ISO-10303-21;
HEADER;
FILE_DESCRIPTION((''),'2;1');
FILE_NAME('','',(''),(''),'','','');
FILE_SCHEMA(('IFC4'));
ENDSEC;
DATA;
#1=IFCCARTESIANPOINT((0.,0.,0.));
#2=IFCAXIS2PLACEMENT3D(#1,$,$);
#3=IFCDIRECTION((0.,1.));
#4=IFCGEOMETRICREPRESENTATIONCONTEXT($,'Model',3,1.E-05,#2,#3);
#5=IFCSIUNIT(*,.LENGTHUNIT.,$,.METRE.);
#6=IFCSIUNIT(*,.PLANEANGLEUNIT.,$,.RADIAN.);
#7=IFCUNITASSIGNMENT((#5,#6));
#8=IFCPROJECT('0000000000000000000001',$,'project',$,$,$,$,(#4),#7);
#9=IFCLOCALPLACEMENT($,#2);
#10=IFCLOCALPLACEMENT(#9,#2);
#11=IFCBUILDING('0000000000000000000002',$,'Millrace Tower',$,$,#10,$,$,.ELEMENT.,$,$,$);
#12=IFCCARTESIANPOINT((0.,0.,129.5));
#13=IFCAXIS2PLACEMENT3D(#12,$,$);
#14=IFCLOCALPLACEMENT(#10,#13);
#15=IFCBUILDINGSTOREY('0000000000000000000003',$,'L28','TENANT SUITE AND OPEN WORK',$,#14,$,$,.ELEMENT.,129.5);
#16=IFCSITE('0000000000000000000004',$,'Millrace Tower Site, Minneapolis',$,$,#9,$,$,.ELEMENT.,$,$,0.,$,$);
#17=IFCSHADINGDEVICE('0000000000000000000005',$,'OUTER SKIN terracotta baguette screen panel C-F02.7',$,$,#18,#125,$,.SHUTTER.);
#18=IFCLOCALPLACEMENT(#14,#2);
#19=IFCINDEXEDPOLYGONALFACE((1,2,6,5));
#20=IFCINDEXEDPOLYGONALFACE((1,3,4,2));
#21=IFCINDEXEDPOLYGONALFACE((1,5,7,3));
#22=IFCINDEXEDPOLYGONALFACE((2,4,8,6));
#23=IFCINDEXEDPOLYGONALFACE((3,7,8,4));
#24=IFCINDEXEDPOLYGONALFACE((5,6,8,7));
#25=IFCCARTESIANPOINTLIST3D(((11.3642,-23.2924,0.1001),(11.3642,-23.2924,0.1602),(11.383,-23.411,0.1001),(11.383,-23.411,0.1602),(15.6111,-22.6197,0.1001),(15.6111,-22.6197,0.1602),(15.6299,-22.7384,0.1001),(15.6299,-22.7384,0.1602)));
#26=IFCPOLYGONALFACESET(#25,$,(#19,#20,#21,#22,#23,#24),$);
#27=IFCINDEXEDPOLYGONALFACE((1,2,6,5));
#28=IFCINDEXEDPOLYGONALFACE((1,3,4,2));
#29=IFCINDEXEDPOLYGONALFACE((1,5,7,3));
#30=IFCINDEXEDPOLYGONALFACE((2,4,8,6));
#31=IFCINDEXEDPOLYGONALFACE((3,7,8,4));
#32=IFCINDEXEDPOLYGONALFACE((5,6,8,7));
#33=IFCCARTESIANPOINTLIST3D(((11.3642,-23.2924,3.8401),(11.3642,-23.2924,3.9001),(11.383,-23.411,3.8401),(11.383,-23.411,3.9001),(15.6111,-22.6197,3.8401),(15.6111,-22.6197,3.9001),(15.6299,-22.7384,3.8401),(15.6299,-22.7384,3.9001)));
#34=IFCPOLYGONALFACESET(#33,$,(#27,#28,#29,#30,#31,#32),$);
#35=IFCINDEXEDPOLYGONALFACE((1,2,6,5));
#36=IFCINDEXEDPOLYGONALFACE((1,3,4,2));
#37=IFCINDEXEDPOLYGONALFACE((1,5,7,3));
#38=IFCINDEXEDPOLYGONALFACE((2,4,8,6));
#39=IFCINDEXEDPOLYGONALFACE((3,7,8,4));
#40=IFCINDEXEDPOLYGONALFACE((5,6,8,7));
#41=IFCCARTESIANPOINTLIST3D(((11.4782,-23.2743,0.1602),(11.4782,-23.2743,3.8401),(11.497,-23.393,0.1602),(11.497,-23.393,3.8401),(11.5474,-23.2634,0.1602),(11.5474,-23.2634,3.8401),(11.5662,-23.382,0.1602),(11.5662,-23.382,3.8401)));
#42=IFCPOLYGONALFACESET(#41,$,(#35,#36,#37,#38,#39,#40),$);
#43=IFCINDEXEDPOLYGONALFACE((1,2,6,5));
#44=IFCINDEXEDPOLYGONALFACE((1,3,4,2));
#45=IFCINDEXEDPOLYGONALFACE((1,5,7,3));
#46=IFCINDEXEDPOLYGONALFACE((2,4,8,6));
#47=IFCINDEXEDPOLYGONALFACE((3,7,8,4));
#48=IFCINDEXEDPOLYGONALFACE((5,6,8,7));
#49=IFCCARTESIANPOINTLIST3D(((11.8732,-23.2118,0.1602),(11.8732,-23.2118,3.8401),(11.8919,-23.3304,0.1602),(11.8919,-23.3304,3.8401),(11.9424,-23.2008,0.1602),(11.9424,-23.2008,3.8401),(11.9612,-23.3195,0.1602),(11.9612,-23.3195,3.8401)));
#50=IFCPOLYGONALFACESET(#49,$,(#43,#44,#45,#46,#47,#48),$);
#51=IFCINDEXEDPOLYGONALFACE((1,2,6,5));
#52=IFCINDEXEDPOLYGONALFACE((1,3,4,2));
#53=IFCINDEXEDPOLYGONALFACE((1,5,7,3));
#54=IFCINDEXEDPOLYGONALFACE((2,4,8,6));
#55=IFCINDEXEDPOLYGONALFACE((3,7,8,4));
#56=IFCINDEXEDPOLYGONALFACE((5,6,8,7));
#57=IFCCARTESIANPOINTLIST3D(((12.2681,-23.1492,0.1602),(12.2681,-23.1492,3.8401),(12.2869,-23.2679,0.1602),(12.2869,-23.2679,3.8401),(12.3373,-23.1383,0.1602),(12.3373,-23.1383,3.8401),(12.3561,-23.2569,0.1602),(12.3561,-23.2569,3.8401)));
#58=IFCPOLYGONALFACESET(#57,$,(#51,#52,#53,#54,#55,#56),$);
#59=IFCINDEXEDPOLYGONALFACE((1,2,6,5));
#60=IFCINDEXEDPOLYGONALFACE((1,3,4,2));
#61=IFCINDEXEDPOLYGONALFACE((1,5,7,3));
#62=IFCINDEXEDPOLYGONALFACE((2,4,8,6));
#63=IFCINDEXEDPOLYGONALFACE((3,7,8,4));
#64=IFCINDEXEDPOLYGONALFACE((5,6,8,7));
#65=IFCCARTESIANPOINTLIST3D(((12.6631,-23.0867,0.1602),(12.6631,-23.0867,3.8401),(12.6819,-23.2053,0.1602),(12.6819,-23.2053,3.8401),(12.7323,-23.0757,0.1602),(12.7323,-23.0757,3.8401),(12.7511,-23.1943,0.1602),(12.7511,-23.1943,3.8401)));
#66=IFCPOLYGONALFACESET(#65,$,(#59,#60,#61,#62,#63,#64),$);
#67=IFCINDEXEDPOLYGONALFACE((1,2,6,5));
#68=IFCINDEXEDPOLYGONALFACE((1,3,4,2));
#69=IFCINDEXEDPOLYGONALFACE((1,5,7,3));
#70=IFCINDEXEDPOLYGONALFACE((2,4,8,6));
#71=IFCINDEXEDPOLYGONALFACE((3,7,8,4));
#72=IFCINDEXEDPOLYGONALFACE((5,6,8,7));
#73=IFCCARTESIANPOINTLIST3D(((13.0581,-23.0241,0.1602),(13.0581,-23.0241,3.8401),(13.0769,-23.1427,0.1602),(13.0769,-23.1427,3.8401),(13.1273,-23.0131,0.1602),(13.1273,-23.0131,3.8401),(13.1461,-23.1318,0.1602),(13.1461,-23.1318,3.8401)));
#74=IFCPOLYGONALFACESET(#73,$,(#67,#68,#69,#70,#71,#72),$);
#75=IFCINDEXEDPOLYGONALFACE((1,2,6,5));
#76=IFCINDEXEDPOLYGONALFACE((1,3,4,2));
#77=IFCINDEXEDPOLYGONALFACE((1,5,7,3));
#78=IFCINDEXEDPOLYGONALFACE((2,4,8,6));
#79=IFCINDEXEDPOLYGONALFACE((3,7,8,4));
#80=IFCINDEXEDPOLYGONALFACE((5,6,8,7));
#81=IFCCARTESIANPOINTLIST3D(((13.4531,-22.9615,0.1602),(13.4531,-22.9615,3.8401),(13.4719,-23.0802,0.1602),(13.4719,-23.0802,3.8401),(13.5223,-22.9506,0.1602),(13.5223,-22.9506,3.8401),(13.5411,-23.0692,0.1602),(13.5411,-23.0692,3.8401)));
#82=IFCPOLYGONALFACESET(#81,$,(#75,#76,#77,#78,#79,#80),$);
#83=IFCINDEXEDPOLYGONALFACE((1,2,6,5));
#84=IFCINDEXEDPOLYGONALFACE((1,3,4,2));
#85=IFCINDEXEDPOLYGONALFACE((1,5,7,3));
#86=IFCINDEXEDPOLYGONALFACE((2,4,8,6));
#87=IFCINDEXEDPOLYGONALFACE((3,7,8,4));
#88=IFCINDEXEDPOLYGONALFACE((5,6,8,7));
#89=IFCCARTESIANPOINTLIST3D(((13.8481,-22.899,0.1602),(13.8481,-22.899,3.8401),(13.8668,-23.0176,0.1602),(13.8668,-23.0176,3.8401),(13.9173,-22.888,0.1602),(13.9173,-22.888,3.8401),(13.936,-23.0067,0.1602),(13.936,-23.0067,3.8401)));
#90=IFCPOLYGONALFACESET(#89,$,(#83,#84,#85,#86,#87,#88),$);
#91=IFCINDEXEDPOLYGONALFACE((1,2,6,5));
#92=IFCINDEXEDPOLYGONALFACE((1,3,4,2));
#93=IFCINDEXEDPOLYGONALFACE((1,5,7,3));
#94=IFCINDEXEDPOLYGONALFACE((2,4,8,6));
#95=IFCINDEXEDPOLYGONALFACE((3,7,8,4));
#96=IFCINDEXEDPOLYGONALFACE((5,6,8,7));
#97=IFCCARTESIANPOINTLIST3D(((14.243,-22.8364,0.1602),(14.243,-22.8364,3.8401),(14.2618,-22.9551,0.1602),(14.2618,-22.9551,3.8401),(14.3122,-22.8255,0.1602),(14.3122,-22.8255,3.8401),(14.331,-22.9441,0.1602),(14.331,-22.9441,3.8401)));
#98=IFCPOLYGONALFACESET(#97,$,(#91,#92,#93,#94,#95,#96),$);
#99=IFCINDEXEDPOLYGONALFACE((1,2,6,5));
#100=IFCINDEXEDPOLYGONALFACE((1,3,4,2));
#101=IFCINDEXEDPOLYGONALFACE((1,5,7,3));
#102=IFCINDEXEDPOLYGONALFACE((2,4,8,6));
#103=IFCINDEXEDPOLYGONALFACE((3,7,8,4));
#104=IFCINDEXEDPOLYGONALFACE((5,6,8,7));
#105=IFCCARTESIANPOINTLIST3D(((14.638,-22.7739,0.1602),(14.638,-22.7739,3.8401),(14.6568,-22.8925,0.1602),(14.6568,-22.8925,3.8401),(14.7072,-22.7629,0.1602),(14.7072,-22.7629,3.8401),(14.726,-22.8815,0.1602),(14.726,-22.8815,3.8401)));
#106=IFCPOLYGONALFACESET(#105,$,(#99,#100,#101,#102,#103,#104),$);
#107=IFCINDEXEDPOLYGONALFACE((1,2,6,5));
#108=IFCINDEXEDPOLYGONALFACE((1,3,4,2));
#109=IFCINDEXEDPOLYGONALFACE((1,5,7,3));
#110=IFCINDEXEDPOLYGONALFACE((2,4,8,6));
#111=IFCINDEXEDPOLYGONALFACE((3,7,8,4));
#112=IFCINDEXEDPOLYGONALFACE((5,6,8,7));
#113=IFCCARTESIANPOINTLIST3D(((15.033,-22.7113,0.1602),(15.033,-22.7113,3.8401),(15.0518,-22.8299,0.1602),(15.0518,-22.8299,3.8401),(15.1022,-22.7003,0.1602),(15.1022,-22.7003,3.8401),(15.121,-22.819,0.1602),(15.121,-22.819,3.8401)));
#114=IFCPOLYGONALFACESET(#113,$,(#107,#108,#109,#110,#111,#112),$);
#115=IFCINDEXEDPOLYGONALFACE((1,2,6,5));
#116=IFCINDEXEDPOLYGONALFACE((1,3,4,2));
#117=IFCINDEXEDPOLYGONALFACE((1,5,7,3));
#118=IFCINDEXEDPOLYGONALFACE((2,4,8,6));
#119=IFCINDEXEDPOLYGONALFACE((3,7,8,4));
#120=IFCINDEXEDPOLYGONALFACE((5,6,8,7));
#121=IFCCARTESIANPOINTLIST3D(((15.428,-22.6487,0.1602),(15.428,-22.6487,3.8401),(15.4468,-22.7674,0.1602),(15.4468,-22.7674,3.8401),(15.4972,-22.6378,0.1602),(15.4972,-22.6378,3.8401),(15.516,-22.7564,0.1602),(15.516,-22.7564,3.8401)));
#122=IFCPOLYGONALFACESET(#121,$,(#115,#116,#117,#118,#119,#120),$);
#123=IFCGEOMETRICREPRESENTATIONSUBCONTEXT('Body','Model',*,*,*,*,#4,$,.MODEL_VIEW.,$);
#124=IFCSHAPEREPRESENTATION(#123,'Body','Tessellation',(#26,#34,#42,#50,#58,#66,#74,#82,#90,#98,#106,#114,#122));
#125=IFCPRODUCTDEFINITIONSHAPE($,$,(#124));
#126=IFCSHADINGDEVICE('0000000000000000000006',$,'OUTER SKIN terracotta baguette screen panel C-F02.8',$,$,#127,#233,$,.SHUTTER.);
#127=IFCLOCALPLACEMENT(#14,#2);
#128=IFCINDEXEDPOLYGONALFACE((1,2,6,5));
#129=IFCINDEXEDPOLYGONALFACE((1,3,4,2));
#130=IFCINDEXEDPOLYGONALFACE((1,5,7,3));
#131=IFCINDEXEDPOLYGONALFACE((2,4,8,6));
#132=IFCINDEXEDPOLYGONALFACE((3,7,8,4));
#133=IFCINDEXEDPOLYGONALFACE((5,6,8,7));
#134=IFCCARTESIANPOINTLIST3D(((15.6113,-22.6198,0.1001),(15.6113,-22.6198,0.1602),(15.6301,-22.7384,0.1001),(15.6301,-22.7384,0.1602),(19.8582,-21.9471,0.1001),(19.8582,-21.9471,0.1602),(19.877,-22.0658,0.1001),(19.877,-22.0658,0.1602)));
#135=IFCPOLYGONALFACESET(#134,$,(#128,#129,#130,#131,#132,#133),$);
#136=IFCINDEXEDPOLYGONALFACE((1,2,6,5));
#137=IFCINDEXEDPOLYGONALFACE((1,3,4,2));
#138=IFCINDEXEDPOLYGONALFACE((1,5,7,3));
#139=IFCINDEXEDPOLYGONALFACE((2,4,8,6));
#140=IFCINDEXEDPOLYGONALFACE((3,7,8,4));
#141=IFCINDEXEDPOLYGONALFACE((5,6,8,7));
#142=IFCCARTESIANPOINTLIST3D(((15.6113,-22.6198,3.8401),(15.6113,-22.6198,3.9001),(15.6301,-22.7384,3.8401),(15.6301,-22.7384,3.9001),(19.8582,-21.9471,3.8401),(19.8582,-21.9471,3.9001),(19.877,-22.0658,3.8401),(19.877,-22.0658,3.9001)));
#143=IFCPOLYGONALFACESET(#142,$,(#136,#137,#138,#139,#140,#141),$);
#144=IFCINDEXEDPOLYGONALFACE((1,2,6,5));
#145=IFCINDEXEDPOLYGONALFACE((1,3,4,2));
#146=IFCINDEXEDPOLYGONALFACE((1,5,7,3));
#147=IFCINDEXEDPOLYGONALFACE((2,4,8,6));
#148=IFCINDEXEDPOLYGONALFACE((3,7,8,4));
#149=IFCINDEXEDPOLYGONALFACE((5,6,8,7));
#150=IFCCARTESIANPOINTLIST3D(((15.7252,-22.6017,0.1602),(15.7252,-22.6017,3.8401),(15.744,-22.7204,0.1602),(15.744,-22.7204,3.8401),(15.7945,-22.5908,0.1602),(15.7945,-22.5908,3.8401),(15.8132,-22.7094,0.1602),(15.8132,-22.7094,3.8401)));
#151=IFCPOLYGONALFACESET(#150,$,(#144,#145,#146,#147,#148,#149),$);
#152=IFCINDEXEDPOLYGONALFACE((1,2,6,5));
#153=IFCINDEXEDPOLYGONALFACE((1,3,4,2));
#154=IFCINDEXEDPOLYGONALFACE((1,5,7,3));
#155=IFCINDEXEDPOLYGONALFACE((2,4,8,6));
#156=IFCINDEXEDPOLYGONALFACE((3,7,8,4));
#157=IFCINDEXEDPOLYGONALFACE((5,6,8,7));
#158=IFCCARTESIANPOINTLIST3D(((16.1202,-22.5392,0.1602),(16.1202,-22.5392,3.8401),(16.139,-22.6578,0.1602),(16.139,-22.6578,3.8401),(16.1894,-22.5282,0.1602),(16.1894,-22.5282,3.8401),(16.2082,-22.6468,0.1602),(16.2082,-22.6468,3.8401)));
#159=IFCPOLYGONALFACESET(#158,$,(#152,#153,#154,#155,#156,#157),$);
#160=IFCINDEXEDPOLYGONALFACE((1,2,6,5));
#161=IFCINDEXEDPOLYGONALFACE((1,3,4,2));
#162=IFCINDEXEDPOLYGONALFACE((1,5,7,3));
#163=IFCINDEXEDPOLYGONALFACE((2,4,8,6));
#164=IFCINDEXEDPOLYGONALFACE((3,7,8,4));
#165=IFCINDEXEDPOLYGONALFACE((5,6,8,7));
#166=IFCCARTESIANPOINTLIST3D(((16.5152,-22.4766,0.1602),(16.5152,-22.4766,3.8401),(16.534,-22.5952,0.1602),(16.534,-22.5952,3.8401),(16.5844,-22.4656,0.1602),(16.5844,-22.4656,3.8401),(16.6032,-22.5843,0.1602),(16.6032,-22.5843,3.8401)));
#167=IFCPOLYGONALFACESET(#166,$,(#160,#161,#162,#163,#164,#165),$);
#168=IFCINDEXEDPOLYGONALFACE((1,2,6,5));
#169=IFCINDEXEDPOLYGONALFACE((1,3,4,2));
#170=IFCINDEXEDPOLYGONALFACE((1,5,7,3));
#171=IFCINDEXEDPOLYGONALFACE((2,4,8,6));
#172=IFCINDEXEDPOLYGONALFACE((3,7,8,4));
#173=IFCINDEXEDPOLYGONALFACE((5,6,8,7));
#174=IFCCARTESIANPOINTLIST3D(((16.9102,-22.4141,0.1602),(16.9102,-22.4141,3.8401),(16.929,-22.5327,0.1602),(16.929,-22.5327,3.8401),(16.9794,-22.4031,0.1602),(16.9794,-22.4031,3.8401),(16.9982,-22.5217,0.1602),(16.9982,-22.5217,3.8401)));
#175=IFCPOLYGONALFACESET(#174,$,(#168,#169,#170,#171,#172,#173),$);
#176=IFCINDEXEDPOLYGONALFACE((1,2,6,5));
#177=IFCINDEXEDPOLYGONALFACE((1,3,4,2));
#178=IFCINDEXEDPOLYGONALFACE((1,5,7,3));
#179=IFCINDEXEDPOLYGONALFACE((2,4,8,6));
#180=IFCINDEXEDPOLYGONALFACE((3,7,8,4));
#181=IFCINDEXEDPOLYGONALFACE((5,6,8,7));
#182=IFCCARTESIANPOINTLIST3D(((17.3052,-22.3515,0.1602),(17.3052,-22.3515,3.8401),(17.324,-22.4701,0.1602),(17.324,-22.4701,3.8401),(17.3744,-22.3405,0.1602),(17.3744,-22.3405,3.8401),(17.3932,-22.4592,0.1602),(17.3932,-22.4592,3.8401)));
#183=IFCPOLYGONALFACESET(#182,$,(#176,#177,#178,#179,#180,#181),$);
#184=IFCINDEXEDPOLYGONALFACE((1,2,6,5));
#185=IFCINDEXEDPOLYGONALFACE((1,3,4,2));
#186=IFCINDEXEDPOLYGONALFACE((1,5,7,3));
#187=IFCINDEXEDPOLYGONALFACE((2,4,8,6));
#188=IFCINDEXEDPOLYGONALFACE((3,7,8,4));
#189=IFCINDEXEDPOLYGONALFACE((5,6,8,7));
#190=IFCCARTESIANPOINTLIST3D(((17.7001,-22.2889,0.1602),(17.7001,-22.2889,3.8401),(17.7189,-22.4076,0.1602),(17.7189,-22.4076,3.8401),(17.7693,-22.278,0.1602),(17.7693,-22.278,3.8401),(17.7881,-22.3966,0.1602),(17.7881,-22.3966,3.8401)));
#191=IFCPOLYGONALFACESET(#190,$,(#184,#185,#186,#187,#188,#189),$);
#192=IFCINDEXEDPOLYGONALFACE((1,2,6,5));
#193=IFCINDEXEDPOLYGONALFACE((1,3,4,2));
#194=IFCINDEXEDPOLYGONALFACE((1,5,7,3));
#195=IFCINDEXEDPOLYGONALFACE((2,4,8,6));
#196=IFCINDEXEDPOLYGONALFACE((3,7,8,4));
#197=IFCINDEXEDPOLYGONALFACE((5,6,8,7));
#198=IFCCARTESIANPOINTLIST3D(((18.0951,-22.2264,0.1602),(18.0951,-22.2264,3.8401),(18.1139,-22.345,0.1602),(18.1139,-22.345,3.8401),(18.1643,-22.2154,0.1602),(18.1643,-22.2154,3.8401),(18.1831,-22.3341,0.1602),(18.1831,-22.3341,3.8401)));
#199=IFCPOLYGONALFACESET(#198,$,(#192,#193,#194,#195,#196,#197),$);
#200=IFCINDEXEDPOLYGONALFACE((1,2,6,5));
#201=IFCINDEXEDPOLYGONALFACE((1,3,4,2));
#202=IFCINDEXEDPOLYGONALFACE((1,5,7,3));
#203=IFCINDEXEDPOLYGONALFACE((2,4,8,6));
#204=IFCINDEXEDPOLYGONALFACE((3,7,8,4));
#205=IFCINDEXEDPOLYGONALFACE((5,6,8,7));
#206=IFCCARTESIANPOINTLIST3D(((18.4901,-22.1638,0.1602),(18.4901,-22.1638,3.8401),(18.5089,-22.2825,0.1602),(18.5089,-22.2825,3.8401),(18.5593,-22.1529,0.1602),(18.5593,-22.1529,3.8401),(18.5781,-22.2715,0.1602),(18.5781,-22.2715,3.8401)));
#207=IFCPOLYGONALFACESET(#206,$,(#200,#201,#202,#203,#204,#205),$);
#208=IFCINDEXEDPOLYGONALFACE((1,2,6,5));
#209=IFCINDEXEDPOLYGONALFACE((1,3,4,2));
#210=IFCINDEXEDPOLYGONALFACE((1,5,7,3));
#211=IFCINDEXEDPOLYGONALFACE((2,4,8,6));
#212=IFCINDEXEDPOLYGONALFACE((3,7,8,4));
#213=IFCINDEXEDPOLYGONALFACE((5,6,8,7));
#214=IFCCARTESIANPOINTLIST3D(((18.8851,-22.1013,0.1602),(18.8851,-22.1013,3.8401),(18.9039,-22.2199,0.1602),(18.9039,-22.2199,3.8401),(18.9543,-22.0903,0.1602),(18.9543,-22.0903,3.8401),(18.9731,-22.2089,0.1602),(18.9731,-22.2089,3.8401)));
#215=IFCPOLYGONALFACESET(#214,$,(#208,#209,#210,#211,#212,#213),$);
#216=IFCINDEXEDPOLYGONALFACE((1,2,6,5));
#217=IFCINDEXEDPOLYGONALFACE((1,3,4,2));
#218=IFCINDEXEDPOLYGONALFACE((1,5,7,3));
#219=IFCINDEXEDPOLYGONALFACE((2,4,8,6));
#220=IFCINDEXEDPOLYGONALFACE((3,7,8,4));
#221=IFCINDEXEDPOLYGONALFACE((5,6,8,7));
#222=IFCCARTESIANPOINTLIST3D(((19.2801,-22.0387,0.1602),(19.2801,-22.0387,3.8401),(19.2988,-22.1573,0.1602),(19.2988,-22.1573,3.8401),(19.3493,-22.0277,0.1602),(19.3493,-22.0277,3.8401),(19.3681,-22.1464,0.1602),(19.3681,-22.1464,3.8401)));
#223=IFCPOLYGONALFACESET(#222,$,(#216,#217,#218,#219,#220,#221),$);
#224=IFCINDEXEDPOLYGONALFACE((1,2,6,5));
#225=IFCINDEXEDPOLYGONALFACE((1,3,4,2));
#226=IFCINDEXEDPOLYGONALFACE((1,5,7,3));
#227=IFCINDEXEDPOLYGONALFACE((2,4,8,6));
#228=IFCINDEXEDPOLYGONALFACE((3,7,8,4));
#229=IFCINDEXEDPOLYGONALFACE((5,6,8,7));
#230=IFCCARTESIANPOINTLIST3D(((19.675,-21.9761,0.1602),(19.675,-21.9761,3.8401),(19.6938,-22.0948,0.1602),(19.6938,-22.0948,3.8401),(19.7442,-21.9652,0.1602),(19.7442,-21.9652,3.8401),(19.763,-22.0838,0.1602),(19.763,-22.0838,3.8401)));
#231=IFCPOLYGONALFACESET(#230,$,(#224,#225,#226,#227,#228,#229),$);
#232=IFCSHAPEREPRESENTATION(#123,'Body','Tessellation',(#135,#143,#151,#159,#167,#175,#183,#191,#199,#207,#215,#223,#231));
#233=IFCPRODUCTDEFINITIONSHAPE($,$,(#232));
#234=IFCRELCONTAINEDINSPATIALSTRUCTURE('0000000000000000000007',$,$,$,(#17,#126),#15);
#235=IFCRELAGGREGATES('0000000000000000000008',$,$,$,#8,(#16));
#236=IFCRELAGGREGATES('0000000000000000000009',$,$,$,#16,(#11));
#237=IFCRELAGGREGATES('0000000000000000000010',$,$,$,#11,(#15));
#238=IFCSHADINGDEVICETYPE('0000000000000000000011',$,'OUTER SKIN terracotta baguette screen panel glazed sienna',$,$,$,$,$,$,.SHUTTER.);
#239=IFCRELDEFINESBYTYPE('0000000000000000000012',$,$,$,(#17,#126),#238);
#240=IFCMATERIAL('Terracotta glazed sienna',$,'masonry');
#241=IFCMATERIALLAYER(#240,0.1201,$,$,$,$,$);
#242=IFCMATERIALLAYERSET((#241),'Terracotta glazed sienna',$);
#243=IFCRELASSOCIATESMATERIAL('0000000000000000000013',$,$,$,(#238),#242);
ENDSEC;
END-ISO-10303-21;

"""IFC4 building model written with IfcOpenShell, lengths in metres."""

from ifc_helpers import new_model, entity, si_unit, direction, frame, frame_2d, origin, origin_2d, place, context, subcontext, project, spatial, rectangle, extrude, source, transform, mapped, material, layer, layer_set, type_object, element, save


model = new_model("IFC4")

# Units and contexts
model_context = context("Model", 3, precision=1e-05, world=origin(), true_north=direction((0.0, 1.0)))
body_context = subcontext(model_context, "Body", "Model", "MODEL_VIEW")
ifc_project = project(units=[si_unit("LENGTHUNIT", "METRE"), si_unit("PLANEANGLEUNIT", "RADIAN")], contexts=[model_context])

# Site, building, storey
site_placement = place(None, origin())
site = spatial("IfcSite", under=ifc_project, at=site_placement, Name="Millrace Tower Site, Minneapolis", CompositionType="ELEMENT", RefElevation=0.0)
building_placement = place(site_placement, origin())
building = spatial("IfcBuilding", under=site, at=building_placement, Name="Millrace Tower", CompositionType="ELEMENT")
storey_placement = place(building_placement, frame((0.0, 0.0, 129.5)))
storey = spatial("IfcBuildingStorey", under=building, at=storey_placement, Name="L28", Description="TENANT SUITE AND OPEN WORK", CompositionType="ELEMENT", Elevation=129.5)

# Shading devices
ifc_material_1 = material(Name="Terracotta glazed sienna", Category="masonry")
ifc_layer_1 = layer(ifc_material_1, 0.1201)
ifc_layer_set_1 = layer_set([ifc_layer_1], Name="Terracotta glazed sienna")
shading_device_type = type_object("IfcShadingDeviceType", Name="OUTER SKIN terracotta baguette screen panel glazed sienna", PredefinedType="SHUTTER", material=ifc_layer_set_1)
cartesian_point_1 = entity("IfcCartesianPoint", [-2.1499, 0.0601])
shared_polyline_1 = entity("IfcPolyline", [cartesian_point_1, entity("IfcCartesianPoint", [2.1499, 0.0601]), entity("IfcCartesianPoint", [2.1499, -0.0601]), entity("IfcCartesianPoint", [-2.1499, -0.0601]), cartesian_point_1])
shared_shape_1 = source(origin(), body_context, "Body", "SweptSolid", [
    entity("IfcExtrudedAreaSolid", entity("IfcArbitraryClosedProfileDef", "AREA", None, shared_polyline_1), entity("IfcAxis2Placement3D", entity("IfcCartesianPoint", [0.0, 0.0, 0.0])), entity("IfcDirection", [0.0, 0.0, 1.0]), 0.0601),
    entity("IfcExtrudedAreaSolid", entity("IfcArbitraryClosedProfileDef", "AREA", None, shared_polyline_1), entity("IfcAxis2Placement3D", entity("IfcCartesianPoint", [0.0, 0.0, 3.74])), entity("IfcDirection", [0.0, 0.0, 1.0]), 0.0601),
    extrude(rectangle(XDim=0.0701, YDim=0.1201, at=frame_2d((-1.9995, 0.0))), frame((0.0, 0.0, 0.0601)), (0.0, 0.0, 1.0), 3.6799),
    extrude(rectangle(XDim=0.0701, YDim=0.1201, at=frame_2d((-1.5996, 0.0))), frame((0.0, 0.0, 0.0601)), (0.0, 0.0, 1.0), 3.6799),
    extrude(rectangle(XDim=0.0701, YDim=0.1201, at=frame_2d((-1.1997, 0.0))), frame((0.0, 0.0, 0.0601)), (0.0, 0.0, 1.0), 3.6799),
    extrude(rectangle(XDim=0.0701, YDim=0.1201, at=frame_2d((-0.7998, 0.0))), frame((0.0, 0.0, 0.0601)), (0.0, 0.0, 1.0), 3.6799),
    extrude(rectangle(XDim=0.0701, YDim=0.1201, at=frame_2d((-0.3999, 0.0))), frame((0.0, 0.0, 0.0601)), (0.0, 0.0, 1.0), 3.6799),
    extrude(rectangle(XDim=0.0701, YDim=0.1201, at=origin_2d()), frame((0.0, 0.0, 0.0601)), (0.0, 0.0, 1.0), 3.6799),
    extrude(rectangle(XDim=0.0701, YDim=0.1201, at=frame_2d((0.3999, 0.0))), frame((0.0, 0.0, 0.0601)), (0.0, 0.0, 1.0), 3.6799),
    extrude(rectangle(XDim=0.0701, YDim=0.1201, at=frame_2d((0.7998, 0.0))), frame((0.0, 0.0, 0.0601)), (0.0, 0.0, 1.0), 3.6799),
    extrude(rectangle(XDim=0.0701, YDim=0.1201, at=frame_2d((1.1997, 0.0))), frame((0.0, 0.0, 0.0601)), (0.0, 0.0, 1.0), 3.6799),
    extrude(rectangle(XDim=0.0701, YDim=0.1201, at=frame_2d((1.5996, 0.0))), frame((0.0, 0.0, 0.0601)), (0.0, 0.0, 1.0), 3.6799),
    extrude(rectangle(XDim=0.0701, YDim=0.1201, at=frame_2d((1.9995, 0.0))), frame((0.0, 0.0, 0.0601)), (0.0, 0.0, 1.0), 3.6799),
])
for number, where, z_axis, x_axis, name in (
    (1, (13.4971, -23.0154, 0.1001), (0.0, 0.0, 1.0), (0.987688, 0.156434, 0.0), "OUTER SKIN terracotta baguette screen panel C-F02.7"),
    (2, (17.7441, -22.3428, 0.1001), (0.0, 0.0, 1.0), (0.987688, 0.156434, 0.0), "OUTER SKIN terracotta baguette screen panel C-F02.8"),
):
    element("IfcShadingDevice", number, at=place(storey_placement, frame(where, z_axis=z_axis, x_axis=x_axis)), inside=storey, type_object=shading_device_type, Name=name, PredefinedType="SHUTTER", context=body_context, shape_type="MappedRepresentation", body=[
        mapped(shared_shape_1, transform((0.0, 0.0, 0.0), scale=1.0)),
    ])

save(model, "model.ifc")
